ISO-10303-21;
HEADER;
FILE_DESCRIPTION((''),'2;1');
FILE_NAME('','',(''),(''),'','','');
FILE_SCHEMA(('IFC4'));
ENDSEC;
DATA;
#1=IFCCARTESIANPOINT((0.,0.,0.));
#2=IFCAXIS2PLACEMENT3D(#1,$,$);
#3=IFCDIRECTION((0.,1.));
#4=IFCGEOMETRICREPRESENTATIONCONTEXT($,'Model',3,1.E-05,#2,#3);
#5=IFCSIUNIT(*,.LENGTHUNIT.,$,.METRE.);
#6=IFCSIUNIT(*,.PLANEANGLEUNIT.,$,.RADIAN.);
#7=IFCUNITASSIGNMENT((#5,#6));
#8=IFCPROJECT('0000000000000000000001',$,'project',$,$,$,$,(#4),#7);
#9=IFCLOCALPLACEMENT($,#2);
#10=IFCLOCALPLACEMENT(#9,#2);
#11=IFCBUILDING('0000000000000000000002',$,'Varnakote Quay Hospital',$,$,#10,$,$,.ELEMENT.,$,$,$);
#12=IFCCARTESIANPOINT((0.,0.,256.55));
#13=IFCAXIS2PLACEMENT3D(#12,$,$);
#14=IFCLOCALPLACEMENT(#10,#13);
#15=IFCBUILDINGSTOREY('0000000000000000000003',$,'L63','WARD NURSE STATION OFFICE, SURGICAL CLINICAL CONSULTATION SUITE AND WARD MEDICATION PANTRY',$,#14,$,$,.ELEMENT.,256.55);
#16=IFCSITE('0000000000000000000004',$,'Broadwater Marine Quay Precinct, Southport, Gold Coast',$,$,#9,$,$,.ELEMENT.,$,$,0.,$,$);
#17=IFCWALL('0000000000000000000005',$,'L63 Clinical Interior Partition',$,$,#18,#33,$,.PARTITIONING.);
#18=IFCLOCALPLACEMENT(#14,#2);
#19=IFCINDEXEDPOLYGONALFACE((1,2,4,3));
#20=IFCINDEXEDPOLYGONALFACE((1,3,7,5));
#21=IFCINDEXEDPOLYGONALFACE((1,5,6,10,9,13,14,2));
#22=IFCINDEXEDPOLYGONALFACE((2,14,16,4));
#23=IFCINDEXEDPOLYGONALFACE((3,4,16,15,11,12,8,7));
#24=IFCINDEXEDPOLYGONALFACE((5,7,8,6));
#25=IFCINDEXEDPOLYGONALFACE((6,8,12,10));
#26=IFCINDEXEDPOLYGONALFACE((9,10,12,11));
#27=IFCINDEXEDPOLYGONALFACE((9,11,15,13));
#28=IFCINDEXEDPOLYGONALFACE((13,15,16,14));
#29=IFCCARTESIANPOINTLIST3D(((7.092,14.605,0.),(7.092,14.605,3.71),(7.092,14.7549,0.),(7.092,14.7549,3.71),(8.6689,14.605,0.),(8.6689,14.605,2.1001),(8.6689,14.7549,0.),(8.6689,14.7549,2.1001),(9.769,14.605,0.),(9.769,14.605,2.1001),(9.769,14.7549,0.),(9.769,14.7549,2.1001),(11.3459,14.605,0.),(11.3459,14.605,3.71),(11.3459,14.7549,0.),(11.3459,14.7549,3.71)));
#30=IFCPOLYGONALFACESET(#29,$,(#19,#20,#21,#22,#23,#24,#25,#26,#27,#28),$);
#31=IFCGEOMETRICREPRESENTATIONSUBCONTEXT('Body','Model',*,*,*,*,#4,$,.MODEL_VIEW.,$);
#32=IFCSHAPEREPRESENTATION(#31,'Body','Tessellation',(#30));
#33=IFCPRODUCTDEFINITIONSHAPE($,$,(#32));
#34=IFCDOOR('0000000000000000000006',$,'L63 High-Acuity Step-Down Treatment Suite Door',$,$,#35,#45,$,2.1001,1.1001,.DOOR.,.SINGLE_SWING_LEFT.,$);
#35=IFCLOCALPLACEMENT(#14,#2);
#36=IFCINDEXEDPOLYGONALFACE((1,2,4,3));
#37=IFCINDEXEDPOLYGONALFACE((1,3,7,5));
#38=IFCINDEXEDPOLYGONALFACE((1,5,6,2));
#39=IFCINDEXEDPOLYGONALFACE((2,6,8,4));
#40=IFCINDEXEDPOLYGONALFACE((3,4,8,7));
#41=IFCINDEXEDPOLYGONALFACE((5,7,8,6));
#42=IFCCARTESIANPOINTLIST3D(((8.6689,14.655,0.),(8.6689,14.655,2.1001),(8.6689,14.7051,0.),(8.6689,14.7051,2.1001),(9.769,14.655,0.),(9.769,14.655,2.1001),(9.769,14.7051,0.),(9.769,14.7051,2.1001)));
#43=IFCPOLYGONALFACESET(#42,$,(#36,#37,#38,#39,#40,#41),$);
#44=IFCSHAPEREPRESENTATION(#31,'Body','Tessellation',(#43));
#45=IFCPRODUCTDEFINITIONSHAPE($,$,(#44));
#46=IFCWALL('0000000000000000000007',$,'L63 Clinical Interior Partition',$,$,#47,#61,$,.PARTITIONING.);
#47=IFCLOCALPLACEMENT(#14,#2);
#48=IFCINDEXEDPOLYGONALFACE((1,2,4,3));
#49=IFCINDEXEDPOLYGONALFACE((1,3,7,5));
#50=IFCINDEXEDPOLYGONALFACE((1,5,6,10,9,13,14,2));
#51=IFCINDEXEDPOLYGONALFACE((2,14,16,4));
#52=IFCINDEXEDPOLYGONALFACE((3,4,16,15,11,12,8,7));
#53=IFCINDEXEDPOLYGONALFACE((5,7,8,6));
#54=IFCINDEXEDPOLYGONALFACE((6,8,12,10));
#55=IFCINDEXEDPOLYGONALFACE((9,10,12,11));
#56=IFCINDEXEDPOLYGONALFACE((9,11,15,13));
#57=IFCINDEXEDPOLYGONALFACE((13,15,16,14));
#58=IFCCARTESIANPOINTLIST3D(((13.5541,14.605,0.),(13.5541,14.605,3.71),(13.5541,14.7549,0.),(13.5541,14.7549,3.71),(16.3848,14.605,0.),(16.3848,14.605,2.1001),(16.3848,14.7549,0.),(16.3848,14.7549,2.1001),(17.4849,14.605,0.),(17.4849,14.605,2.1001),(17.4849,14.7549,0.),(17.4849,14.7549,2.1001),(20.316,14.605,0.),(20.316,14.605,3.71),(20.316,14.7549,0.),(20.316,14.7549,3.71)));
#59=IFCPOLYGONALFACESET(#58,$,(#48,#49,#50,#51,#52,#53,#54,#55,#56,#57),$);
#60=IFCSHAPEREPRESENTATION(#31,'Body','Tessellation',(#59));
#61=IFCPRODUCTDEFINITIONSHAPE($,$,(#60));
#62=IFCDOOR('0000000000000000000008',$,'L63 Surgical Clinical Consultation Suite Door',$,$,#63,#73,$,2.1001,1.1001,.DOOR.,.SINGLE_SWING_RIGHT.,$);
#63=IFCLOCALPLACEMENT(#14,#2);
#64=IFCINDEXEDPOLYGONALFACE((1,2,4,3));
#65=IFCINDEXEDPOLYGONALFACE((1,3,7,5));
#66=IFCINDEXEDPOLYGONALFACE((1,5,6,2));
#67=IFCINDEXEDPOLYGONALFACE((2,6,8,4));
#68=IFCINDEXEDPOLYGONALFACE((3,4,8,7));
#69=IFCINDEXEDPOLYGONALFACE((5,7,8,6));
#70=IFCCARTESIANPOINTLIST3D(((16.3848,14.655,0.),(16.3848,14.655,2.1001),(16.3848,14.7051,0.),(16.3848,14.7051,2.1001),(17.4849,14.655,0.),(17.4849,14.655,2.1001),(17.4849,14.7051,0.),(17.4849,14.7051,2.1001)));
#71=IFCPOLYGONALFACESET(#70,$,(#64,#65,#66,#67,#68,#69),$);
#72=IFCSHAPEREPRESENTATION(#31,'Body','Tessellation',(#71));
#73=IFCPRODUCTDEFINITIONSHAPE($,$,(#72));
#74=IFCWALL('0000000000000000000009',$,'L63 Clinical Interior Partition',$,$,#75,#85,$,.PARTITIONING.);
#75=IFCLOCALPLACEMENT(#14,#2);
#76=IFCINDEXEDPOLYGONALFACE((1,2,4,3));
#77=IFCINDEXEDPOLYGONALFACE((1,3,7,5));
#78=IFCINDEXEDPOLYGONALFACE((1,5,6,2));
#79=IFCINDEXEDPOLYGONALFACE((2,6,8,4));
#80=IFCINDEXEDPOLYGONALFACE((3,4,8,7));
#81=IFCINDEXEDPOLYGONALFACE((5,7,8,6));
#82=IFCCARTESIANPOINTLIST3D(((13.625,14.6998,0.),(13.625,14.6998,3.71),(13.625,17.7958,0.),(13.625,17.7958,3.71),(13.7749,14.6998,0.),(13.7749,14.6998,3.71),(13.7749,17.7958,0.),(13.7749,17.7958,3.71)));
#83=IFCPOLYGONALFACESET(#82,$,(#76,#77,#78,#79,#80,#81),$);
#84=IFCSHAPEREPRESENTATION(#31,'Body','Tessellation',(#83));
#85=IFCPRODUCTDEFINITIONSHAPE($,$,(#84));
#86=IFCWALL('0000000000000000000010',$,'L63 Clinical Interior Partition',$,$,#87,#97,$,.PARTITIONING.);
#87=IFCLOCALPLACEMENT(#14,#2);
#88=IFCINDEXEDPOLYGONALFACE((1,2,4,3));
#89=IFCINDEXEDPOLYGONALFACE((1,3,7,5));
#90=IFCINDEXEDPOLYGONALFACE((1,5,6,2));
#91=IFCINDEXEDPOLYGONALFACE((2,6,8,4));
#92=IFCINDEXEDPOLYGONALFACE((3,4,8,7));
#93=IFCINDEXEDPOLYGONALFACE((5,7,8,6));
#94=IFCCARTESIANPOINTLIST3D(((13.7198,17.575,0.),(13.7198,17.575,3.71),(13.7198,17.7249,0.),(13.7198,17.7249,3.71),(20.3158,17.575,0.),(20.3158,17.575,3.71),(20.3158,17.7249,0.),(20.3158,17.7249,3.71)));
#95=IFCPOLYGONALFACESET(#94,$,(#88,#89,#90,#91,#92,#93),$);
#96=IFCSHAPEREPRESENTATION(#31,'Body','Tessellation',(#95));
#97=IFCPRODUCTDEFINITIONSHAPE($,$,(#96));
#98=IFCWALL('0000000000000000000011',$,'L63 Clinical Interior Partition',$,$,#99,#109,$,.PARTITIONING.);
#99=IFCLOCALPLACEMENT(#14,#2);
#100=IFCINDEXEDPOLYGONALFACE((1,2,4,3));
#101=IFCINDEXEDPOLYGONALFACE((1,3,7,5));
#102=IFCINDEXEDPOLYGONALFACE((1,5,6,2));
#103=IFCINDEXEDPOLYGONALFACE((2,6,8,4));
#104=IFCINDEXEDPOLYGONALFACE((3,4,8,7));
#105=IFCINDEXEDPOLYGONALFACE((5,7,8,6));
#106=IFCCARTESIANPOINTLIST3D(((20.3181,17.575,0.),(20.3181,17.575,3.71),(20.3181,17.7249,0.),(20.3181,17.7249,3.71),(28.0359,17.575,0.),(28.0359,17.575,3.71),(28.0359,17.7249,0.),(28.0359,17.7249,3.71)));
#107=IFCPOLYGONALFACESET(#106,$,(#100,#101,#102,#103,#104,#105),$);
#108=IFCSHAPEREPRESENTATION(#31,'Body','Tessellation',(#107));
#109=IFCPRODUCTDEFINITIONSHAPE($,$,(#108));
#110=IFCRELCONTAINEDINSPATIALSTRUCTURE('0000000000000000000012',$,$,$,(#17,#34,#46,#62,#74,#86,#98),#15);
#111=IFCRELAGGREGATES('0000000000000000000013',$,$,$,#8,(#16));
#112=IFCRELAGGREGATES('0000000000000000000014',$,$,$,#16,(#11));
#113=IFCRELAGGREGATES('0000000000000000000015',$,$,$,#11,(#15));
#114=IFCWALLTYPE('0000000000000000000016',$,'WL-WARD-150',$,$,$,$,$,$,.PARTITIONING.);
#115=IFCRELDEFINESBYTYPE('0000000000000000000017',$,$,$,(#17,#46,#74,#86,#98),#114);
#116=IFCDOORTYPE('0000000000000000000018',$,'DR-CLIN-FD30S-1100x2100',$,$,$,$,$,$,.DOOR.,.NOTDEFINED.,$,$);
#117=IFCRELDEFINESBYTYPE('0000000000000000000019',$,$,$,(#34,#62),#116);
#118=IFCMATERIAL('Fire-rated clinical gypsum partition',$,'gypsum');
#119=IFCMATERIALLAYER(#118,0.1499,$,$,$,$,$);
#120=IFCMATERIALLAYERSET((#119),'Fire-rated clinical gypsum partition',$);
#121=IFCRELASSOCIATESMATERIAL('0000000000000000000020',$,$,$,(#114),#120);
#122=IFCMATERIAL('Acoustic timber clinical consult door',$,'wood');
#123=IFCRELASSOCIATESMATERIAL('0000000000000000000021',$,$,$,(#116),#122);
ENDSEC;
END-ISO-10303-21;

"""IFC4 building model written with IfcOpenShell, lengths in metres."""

from ifc_helpers import new_model, si_unit, direction, frame, frame_2d, origin, place, context, subcontext, project, spatial, rectangle, extrude, material, layer, layer_set, type_object, element, fill, save


model = new_model("IFC4")

# Units and contexts
model_context = context("Model", 3, precision=1e-05, world=origin(), true_north=direction((0.0, 1.0)))
body_context = subcontext(model_context, "Body", "Model", "MODEL_VIEW")
ifc_project = project(units=[si_unit("LENGTHUNIT", "METRE"), si_unit("PLANEANGLEUNIT", "RADIAN")], contexts=[model_context])

# Site, building, storey
site_placement = place(None, origin())
site = spatial("IfcSite", under=ifc_project, at=site_placement, Name="Broadwater Marine Quay Precinct, Southport, Gold Coast", CompositionType="ELEMENT", RefElevation=0.0)
building_placement = place(site_placement, origin())
building = spatial("IfcBuilding", under=site, at=building_placement, Name="Varnakote Quay Hospital", CompositionType="ELEMENT")
storey_placement = place(building_placement, frame((0.0, 0.0, 256.55)))
storey = spatial("IfcBuildingStorey", under=building, at=storey_placement, Name="L63", Description="WARD NURSE STATION OFFICE, SURGICAL CLINICAL CONSULTATION SUITE AND WARD MEDICATION PANTRY", CompositionType="ELEMENT", Elevation=256.55)

# Walls, openings, doors
ifc_material_1 = material(Name="Fire-rated clinical gypsum partition", Category="gypsum")
ifc_layer_1 = layer(ifc_material_1, 0.1499)
ifc_layer_set_1 = layer_set([ifc_layer_1], Name="Fire-rated clinical gypsum partition")
wall_type_1 = type_object("IfcWallType", Name="WL-WARD-150", PredefinedType="PARTITIONING", material=ifc_layer_set_1)
wall_1_placement = place(storey_placement, frame((11.3459, 14.6799, 0.0), z_axis=(0.0, 0.0, 1.0), x_axis=(-1.0, 0.0, 0.0)))
wall_1 = element("IfcWall", 1, at=wall_1_placement, inside=storey, type_object=wall_type_1, Name="L63 Clinical Interior Partition", PredefinedType="PARTITIONING", context=body_context, shape_type="SweptSolid", body=[
    extrude(rectangle(XDim=4.2539, YDim=0.1499, at=frame_2d((2.127, 0.0))), origin(), (0.0, 0.0, 1.0), 3.71),
])
opening_1_placement = place(wall_1_placement, frame((1.5769, 0.0, 0.0)))
opening_1 = element("IfcOpeningElement", 2, at=opening_1_placement, cuts=wall_1, PredefinedType="OPENING", context=body_context, shape_type="SweptSolid", body=[
    extrude(rectangle(XDim=1.1001, YDim=2.1001, at=frame_2d((0.55, 1.05))), frame((0.0, 0.085, 0.0), z_axis=(0.0, -1.0, 0.0), x_axis=(1.0, 0.0, 0.0)), (0.0, 0.0, 1.0), 0.1699),
])
ifc_material_2 = material(Name="Acoustic timber clinical consult door", Category="wood")
door_type_1 = type_object("IfcDoorType", Name="DR-CLIN-FD30S-1100x2100", OperationType="NOTDEFINED", PredefinedType="DOOR", material=ifc_material_2)
door_1_placement = place(opening_1_placement, origin())
door_1 = element("IfcDoor", 3, at=door_1_placement, inside=storey, type_object=door_type_1, Name="L63 High-Acuity Step-Down Treatment Suite Door", OperationType="SINGLE_SWING_LEFT", OverallHeight=2.1001, OverallWidth=1.1001, PredefinedType="DOOR", context=body_context, shape_type="SweptSolid", body=[
    extrude(rectangle(XDim=1.1001, YDim=2.1001, at=frame_2d((0.55, 1.05))), frame((0.0, 0.0249, 0.0), z_axis=(0.0, -1.0, 0.0), x_axis=(1.0, 0.0, 0.0)), (0.0, 0.0, 1.0), 0.05),
])
fill(opening_1, door_1)
wall_2_placement = place(storey_placement, frame((20.3159, 14.6799, 0.0), z_axis=(0.0, 0.0, 1.0), x_axis=(-1.0, 0.0, 0.0)))
wall_2 = element("IfcWall", 4, at=wall_2_placement, inside=storey, type_object=wall_type_1, Name="L63 Clinical Interior Partition", PredefinedType="PARTITIONING", context=body_context, shape_type="SweptSolid", body=[
    extrude(rectangle(XDim=6.762, YDim=0.1499, at=frame_2d((3.3809, 0.0))), origin(), (0.0, 0.0, 1.0), 3.71),
])
opening_2_placement = place(wall_2_placement, frame((2.8311, 0.0, 0.0)))
opening_2 = element("IfcOpeningElement", 5, at=opening_2_placement, cuts=wall_2, PredefinedType="OPENING", context=body_context, shape_type="SweptSolid", body=[
    extrude(rectangle(XDim=1.1001, YDim=2.1001, at=frame_2d((0.55, 1.05))), frame((0.0, 0.085, 0.0), z_axis=(0.0, -1.0, 0.0), x_axis=(1.0, 0.0, 0.0)), (0.0, 0.0, 1.0), 0.1699),
])
door_2_placement = place(opening_2_placement, origin())
door_2 = element("IfcDoor", 6, at=door_2_placement, inside=storey, type_object=door_type_1, Name="L63 Surgical Clinical Consultation Suite Door", OperationType="SINGLE_SWING_RIGHT", OverallHeight=2.1001, OverallWidth=1.1001, PredefinedType="DOOR", context=body_context, shape_type="SweptSolid", body=[
    extrude(rectangle(XDim=1.1001, YDim=2.1001, at=frame_2d((0.55, 1.05))), frame((0.0, 0.0249, 0.0), z_axis=(0.0, -1.0, 0.0), x_axis=(1.0, 0.0, 0.0)), (0.0, 0.0, 1.0), 0.05),
])
fill(opening_2, door_2)

# Walls
wall_3_placement = place(storey_placement, frame((13.7, 14.7, 0.0), z_axis=(0.0, 0.0, 1.0), x_axis=(0.0, 1.0, 0.0)))
element("IfcWall", 7, at=wall_3_placement, inside=storey, type_object=wall_type_1, Name="L63 Clinical Interior Partition", PredefinedType="PARTITIONING", context=body_context, shape_type="SweptSolid", body=[
    extrude(rectangle(XDim=3.0959, YDim=0.1499, at=frame_2d((1.5479, 0.0))), origin(), (0.0, 0.0, 1.0), 3.71),
])
wall_4_placement = place(storey_placement, frame((13.72, 17.6499, 0.0), z_axis=(0.0, 0.0, 1.0), x_axis=(1.0, 0.0, 0.0)))
element("IfcWall", 8, at=wall_4_placement, inside=storey, type_object=wall_type_1, Name="L63 Clinical Interior Partition", PredefinedType="PARTITIONING", context=body_context, shape_type="SweptSolid", body=[
    extrude(rectangle(XDim=6.5959, YDim=0.1499, at=frame_2d((3.2979, 0.0))), origin(), (0.0, 0.0, 1.0), 3.71),
])
wall_5_placement = place(storey_placement, frame((20.3181, 17.6499, 0.0), z_axis=(0.0, 0.0, 1.0), x_axis=(1.0, 0.0, 0.0)))
element("IfcWall", 9, at=wall_5_placement, inside=storey, type_object=wall_type_1, Name="L63 Clinical Interior Partition", PredefinedType="PARTITIONING", context=body_context, shape_type="SweptSolid", body=[
    extrude(rectangle(XDim=7.7178, YDim=0.1499, at=frame_2d((3.8589, 0.0))), origin(), (0.0, 0.0, 1.0), 3.71),
])

save(model, "model.ifc")
